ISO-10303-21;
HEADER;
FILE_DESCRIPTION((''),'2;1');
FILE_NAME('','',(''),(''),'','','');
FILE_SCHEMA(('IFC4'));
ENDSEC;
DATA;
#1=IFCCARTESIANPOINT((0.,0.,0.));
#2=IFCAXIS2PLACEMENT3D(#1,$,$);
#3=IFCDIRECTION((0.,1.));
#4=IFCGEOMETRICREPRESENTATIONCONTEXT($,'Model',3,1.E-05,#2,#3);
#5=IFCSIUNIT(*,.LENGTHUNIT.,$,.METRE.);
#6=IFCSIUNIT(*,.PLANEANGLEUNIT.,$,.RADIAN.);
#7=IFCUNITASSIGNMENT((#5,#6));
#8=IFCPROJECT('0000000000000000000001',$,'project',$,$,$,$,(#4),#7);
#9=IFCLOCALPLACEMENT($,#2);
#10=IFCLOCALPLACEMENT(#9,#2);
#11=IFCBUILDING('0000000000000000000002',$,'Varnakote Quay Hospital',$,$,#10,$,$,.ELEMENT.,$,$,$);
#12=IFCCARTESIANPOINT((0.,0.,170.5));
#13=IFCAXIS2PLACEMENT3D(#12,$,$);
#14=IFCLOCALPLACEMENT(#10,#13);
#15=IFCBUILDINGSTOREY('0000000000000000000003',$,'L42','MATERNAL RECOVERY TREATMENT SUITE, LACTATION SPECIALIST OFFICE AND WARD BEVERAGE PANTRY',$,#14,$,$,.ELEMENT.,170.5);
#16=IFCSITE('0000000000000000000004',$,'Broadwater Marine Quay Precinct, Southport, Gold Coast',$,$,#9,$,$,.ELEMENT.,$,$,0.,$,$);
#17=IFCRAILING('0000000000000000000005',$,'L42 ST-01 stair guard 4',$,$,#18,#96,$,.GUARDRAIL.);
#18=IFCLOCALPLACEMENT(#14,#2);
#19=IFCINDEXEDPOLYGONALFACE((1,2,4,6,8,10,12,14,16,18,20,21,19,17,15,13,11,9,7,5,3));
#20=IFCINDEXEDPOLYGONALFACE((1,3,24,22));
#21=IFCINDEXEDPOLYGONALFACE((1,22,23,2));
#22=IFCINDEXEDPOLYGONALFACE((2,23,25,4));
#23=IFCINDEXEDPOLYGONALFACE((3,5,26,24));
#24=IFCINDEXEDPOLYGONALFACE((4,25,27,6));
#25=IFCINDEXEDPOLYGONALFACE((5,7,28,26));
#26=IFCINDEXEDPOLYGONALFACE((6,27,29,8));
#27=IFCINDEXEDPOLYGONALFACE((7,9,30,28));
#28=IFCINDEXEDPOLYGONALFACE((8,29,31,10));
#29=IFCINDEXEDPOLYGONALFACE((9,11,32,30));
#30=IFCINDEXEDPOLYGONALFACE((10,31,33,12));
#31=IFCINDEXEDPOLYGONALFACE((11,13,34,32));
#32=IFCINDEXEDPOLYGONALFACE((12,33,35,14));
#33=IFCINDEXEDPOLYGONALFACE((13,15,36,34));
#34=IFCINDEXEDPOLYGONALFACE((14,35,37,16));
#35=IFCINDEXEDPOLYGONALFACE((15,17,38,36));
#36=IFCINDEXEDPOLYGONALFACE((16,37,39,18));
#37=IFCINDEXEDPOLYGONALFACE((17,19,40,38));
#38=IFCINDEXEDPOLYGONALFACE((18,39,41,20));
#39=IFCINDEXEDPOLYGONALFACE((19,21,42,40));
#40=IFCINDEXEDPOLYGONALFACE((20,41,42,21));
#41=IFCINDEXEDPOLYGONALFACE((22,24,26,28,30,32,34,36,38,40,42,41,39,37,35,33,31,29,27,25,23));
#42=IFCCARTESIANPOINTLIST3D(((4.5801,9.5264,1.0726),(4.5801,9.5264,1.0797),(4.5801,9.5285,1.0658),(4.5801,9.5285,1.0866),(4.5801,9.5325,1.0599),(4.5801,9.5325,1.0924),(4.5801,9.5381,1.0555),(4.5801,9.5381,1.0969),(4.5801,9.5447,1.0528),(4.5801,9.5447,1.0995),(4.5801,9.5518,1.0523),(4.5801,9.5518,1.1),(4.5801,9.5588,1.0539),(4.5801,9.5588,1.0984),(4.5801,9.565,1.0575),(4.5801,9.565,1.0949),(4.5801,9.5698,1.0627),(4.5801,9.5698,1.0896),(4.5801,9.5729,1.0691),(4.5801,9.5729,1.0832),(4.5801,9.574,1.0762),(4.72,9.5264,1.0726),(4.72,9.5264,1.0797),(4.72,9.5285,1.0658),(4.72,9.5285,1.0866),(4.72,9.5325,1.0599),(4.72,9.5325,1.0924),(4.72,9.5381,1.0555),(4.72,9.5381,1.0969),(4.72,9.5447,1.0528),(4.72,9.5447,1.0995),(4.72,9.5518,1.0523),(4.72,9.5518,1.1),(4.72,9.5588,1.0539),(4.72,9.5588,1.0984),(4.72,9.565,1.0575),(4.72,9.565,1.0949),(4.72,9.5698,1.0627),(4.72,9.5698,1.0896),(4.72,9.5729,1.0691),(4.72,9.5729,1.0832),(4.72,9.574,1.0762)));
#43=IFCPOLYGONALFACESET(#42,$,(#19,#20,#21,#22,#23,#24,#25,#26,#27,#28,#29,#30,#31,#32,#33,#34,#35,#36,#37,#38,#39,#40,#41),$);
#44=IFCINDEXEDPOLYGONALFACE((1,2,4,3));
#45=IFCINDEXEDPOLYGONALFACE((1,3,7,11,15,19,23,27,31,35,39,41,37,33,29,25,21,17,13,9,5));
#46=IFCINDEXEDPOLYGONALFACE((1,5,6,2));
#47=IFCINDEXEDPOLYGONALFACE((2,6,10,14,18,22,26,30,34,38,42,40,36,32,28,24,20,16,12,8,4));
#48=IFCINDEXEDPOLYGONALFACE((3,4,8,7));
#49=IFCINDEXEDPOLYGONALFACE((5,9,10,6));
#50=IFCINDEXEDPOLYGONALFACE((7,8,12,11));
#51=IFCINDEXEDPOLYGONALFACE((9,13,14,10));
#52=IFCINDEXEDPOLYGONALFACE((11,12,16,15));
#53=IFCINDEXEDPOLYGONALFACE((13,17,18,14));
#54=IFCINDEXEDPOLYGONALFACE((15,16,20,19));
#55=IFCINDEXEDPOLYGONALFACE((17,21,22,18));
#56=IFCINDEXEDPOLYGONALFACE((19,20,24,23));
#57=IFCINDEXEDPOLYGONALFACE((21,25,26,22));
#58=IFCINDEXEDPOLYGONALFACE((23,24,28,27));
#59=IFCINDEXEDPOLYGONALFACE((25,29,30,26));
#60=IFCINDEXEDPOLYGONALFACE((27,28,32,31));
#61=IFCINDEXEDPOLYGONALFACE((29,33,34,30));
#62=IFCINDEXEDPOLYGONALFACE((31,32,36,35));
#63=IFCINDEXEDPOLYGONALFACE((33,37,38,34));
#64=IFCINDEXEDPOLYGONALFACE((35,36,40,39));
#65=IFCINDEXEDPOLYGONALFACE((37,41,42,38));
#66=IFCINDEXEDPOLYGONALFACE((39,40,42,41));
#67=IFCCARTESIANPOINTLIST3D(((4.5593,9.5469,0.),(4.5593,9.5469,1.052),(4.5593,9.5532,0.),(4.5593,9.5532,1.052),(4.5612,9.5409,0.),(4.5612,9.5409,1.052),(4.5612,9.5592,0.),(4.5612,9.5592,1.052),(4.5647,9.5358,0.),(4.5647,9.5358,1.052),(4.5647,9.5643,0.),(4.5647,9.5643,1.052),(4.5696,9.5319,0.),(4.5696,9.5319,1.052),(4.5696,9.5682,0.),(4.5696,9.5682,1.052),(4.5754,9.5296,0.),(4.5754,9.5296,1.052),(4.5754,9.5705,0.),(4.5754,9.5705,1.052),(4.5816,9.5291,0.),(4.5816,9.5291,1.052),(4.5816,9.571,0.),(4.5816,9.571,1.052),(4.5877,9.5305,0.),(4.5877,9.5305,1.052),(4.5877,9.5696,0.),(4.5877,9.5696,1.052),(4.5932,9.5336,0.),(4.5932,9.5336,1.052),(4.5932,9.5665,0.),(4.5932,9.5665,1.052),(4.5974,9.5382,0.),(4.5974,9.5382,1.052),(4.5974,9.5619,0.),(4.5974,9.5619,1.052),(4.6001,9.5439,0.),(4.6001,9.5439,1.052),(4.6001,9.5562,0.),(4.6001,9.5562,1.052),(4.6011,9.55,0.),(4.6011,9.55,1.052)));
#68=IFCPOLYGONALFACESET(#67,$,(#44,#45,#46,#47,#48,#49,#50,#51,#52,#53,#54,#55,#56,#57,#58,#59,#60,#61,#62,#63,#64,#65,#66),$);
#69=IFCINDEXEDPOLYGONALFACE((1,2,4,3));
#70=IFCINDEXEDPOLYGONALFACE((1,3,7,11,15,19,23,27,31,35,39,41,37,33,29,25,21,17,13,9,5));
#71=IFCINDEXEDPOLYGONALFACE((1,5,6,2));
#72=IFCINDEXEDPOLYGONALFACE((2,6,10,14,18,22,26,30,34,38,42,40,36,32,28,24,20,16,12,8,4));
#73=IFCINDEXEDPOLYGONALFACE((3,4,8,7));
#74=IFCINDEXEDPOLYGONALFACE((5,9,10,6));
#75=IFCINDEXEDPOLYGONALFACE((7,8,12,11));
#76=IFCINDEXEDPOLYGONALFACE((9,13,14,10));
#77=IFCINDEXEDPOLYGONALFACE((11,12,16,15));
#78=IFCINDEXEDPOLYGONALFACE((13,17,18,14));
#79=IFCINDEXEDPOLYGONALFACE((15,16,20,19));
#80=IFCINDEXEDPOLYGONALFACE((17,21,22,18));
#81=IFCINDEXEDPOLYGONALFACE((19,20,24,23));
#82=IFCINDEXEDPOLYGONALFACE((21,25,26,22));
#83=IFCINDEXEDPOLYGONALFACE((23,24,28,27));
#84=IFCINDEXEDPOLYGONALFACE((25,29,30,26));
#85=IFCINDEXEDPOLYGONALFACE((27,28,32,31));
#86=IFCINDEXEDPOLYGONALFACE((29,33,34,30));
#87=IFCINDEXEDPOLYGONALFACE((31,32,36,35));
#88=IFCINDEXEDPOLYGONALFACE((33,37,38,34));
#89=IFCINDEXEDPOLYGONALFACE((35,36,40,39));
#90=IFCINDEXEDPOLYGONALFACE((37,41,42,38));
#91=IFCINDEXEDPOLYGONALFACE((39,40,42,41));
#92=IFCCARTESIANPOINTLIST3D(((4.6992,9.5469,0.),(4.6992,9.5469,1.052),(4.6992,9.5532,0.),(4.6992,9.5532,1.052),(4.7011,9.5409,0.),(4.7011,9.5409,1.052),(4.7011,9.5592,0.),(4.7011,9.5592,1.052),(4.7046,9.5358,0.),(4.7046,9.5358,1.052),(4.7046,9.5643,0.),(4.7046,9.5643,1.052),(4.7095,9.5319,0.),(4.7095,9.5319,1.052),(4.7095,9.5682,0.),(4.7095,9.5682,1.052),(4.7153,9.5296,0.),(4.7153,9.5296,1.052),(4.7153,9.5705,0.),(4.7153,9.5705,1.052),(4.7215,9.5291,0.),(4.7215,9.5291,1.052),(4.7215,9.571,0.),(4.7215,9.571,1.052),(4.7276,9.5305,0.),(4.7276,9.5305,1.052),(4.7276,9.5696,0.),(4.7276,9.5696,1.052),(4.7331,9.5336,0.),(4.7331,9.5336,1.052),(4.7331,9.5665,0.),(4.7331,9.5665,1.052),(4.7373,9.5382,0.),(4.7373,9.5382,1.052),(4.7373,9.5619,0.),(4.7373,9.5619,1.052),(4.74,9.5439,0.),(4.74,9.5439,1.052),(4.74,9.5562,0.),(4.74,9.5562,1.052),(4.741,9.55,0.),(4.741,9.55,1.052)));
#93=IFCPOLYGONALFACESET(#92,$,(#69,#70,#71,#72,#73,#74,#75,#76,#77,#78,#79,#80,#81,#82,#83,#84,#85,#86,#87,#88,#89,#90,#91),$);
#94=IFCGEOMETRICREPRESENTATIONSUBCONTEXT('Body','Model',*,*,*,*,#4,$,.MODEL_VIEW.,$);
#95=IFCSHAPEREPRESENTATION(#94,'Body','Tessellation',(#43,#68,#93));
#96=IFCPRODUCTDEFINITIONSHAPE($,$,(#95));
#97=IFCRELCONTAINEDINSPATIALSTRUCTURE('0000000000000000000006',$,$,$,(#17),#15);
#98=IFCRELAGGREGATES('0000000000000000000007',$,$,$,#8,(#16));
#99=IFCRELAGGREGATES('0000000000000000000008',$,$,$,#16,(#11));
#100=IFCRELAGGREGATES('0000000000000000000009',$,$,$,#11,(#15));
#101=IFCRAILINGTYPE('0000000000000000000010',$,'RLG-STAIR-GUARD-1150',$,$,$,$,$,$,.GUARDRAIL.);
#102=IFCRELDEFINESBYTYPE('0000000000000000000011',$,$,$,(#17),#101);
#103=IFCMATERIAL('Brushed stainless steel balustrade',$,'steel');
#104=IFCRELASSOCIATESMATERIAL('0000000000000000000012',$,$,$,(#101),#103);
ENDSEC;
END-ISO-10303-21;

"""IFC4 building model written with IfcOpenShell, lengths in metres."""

from ifc_helpers import new_model, si_unit, direction, frame, origin, origin_2d, place, context, subcontext, project, spatial, circle, extrude, material, type_object, element, save


model = new_model("IFC4")

# Units and contexts
model_context = context("Model", 3, precision=1e-05, world=origin(), true_north=direction((0.0, 1.0)))
body_context = subcontext(model_context, "Body", "Model", "MODEL_VIEW")
ifc_project = project(units=[si_unit("LENGTHUNIT", "METRE"), si_unit("PLANEANGLEUNIT", "RADIAN")], contexts=[model_context])

# Site, building, storey
site_placement = place(None, origin())
site = spatial("IfcSite", under=ifc_project, at=site_placement, Name="Broadwater Marine Quay Precinct, Southport, Gold Coast", CompositionType="ELEMENT", RefElevation=0.0)
building_placement = place(site_placement, origin())
building = spatial("IfcBuilding", under=site, at=building_placement, Name="Varnakote Quay Hospital", CompositionType="ELEMENT")
storey_placement = place(building_placement, frame((0.0, 0.0, 170.5)))
storey = spatial("IfcBuildingStorey", under=building, at=storey_placement, Name="L42", Description="MATERNAL RECOVERY TREATMENT SUITE, LACTATION SPECIALIST OFFICE AND WARD BEVERAGE PANTRY", CompositionType="ELEMENT", Elevation=170.5)

# Railing
ifc_material_1 = material(Name="Brushed stainless steel balustrade", Category="steel")
railing_type_1 = type_object("IfcRailingType", Name="RLG-STAIR-GUARD-1150", PredefinedType="GUARDRAIL", material=ifc_material_1)
railing_1_placement = place(storey_placement, frame((4.5801, 9.55, 0.0)))
element("IfcRailing", 1, at=railing_1_placement, inside=storey, type_object=railing_type_1, Name="L42 ST-01 stair guard 4", PredefinedType="GUARDRAIL", context=body_context, shape_type="SweptSolid", body=[
    extrude(circle(Radius=0.0239, at=origin_2d()), frame((0.0, 0.0, 1.0762), z_axis=(1.0, 0.0, 0.0), x_axis=(0.0, 1.0, 0.0)), (0.0, 0.0, 1.0), 0.1399),
    extrude(circle(Radius=0.021, at=origin_2d()), origin(), (0.0, 0.0, 1.0), 1.052),
    extrude(circle(Radius=0.021, at=origin_2d()), frame((0.1399, 0.0, 0.0)), (0.0, 0.0, 1.0), 1.052),
])

save(model, "model.ifc")
